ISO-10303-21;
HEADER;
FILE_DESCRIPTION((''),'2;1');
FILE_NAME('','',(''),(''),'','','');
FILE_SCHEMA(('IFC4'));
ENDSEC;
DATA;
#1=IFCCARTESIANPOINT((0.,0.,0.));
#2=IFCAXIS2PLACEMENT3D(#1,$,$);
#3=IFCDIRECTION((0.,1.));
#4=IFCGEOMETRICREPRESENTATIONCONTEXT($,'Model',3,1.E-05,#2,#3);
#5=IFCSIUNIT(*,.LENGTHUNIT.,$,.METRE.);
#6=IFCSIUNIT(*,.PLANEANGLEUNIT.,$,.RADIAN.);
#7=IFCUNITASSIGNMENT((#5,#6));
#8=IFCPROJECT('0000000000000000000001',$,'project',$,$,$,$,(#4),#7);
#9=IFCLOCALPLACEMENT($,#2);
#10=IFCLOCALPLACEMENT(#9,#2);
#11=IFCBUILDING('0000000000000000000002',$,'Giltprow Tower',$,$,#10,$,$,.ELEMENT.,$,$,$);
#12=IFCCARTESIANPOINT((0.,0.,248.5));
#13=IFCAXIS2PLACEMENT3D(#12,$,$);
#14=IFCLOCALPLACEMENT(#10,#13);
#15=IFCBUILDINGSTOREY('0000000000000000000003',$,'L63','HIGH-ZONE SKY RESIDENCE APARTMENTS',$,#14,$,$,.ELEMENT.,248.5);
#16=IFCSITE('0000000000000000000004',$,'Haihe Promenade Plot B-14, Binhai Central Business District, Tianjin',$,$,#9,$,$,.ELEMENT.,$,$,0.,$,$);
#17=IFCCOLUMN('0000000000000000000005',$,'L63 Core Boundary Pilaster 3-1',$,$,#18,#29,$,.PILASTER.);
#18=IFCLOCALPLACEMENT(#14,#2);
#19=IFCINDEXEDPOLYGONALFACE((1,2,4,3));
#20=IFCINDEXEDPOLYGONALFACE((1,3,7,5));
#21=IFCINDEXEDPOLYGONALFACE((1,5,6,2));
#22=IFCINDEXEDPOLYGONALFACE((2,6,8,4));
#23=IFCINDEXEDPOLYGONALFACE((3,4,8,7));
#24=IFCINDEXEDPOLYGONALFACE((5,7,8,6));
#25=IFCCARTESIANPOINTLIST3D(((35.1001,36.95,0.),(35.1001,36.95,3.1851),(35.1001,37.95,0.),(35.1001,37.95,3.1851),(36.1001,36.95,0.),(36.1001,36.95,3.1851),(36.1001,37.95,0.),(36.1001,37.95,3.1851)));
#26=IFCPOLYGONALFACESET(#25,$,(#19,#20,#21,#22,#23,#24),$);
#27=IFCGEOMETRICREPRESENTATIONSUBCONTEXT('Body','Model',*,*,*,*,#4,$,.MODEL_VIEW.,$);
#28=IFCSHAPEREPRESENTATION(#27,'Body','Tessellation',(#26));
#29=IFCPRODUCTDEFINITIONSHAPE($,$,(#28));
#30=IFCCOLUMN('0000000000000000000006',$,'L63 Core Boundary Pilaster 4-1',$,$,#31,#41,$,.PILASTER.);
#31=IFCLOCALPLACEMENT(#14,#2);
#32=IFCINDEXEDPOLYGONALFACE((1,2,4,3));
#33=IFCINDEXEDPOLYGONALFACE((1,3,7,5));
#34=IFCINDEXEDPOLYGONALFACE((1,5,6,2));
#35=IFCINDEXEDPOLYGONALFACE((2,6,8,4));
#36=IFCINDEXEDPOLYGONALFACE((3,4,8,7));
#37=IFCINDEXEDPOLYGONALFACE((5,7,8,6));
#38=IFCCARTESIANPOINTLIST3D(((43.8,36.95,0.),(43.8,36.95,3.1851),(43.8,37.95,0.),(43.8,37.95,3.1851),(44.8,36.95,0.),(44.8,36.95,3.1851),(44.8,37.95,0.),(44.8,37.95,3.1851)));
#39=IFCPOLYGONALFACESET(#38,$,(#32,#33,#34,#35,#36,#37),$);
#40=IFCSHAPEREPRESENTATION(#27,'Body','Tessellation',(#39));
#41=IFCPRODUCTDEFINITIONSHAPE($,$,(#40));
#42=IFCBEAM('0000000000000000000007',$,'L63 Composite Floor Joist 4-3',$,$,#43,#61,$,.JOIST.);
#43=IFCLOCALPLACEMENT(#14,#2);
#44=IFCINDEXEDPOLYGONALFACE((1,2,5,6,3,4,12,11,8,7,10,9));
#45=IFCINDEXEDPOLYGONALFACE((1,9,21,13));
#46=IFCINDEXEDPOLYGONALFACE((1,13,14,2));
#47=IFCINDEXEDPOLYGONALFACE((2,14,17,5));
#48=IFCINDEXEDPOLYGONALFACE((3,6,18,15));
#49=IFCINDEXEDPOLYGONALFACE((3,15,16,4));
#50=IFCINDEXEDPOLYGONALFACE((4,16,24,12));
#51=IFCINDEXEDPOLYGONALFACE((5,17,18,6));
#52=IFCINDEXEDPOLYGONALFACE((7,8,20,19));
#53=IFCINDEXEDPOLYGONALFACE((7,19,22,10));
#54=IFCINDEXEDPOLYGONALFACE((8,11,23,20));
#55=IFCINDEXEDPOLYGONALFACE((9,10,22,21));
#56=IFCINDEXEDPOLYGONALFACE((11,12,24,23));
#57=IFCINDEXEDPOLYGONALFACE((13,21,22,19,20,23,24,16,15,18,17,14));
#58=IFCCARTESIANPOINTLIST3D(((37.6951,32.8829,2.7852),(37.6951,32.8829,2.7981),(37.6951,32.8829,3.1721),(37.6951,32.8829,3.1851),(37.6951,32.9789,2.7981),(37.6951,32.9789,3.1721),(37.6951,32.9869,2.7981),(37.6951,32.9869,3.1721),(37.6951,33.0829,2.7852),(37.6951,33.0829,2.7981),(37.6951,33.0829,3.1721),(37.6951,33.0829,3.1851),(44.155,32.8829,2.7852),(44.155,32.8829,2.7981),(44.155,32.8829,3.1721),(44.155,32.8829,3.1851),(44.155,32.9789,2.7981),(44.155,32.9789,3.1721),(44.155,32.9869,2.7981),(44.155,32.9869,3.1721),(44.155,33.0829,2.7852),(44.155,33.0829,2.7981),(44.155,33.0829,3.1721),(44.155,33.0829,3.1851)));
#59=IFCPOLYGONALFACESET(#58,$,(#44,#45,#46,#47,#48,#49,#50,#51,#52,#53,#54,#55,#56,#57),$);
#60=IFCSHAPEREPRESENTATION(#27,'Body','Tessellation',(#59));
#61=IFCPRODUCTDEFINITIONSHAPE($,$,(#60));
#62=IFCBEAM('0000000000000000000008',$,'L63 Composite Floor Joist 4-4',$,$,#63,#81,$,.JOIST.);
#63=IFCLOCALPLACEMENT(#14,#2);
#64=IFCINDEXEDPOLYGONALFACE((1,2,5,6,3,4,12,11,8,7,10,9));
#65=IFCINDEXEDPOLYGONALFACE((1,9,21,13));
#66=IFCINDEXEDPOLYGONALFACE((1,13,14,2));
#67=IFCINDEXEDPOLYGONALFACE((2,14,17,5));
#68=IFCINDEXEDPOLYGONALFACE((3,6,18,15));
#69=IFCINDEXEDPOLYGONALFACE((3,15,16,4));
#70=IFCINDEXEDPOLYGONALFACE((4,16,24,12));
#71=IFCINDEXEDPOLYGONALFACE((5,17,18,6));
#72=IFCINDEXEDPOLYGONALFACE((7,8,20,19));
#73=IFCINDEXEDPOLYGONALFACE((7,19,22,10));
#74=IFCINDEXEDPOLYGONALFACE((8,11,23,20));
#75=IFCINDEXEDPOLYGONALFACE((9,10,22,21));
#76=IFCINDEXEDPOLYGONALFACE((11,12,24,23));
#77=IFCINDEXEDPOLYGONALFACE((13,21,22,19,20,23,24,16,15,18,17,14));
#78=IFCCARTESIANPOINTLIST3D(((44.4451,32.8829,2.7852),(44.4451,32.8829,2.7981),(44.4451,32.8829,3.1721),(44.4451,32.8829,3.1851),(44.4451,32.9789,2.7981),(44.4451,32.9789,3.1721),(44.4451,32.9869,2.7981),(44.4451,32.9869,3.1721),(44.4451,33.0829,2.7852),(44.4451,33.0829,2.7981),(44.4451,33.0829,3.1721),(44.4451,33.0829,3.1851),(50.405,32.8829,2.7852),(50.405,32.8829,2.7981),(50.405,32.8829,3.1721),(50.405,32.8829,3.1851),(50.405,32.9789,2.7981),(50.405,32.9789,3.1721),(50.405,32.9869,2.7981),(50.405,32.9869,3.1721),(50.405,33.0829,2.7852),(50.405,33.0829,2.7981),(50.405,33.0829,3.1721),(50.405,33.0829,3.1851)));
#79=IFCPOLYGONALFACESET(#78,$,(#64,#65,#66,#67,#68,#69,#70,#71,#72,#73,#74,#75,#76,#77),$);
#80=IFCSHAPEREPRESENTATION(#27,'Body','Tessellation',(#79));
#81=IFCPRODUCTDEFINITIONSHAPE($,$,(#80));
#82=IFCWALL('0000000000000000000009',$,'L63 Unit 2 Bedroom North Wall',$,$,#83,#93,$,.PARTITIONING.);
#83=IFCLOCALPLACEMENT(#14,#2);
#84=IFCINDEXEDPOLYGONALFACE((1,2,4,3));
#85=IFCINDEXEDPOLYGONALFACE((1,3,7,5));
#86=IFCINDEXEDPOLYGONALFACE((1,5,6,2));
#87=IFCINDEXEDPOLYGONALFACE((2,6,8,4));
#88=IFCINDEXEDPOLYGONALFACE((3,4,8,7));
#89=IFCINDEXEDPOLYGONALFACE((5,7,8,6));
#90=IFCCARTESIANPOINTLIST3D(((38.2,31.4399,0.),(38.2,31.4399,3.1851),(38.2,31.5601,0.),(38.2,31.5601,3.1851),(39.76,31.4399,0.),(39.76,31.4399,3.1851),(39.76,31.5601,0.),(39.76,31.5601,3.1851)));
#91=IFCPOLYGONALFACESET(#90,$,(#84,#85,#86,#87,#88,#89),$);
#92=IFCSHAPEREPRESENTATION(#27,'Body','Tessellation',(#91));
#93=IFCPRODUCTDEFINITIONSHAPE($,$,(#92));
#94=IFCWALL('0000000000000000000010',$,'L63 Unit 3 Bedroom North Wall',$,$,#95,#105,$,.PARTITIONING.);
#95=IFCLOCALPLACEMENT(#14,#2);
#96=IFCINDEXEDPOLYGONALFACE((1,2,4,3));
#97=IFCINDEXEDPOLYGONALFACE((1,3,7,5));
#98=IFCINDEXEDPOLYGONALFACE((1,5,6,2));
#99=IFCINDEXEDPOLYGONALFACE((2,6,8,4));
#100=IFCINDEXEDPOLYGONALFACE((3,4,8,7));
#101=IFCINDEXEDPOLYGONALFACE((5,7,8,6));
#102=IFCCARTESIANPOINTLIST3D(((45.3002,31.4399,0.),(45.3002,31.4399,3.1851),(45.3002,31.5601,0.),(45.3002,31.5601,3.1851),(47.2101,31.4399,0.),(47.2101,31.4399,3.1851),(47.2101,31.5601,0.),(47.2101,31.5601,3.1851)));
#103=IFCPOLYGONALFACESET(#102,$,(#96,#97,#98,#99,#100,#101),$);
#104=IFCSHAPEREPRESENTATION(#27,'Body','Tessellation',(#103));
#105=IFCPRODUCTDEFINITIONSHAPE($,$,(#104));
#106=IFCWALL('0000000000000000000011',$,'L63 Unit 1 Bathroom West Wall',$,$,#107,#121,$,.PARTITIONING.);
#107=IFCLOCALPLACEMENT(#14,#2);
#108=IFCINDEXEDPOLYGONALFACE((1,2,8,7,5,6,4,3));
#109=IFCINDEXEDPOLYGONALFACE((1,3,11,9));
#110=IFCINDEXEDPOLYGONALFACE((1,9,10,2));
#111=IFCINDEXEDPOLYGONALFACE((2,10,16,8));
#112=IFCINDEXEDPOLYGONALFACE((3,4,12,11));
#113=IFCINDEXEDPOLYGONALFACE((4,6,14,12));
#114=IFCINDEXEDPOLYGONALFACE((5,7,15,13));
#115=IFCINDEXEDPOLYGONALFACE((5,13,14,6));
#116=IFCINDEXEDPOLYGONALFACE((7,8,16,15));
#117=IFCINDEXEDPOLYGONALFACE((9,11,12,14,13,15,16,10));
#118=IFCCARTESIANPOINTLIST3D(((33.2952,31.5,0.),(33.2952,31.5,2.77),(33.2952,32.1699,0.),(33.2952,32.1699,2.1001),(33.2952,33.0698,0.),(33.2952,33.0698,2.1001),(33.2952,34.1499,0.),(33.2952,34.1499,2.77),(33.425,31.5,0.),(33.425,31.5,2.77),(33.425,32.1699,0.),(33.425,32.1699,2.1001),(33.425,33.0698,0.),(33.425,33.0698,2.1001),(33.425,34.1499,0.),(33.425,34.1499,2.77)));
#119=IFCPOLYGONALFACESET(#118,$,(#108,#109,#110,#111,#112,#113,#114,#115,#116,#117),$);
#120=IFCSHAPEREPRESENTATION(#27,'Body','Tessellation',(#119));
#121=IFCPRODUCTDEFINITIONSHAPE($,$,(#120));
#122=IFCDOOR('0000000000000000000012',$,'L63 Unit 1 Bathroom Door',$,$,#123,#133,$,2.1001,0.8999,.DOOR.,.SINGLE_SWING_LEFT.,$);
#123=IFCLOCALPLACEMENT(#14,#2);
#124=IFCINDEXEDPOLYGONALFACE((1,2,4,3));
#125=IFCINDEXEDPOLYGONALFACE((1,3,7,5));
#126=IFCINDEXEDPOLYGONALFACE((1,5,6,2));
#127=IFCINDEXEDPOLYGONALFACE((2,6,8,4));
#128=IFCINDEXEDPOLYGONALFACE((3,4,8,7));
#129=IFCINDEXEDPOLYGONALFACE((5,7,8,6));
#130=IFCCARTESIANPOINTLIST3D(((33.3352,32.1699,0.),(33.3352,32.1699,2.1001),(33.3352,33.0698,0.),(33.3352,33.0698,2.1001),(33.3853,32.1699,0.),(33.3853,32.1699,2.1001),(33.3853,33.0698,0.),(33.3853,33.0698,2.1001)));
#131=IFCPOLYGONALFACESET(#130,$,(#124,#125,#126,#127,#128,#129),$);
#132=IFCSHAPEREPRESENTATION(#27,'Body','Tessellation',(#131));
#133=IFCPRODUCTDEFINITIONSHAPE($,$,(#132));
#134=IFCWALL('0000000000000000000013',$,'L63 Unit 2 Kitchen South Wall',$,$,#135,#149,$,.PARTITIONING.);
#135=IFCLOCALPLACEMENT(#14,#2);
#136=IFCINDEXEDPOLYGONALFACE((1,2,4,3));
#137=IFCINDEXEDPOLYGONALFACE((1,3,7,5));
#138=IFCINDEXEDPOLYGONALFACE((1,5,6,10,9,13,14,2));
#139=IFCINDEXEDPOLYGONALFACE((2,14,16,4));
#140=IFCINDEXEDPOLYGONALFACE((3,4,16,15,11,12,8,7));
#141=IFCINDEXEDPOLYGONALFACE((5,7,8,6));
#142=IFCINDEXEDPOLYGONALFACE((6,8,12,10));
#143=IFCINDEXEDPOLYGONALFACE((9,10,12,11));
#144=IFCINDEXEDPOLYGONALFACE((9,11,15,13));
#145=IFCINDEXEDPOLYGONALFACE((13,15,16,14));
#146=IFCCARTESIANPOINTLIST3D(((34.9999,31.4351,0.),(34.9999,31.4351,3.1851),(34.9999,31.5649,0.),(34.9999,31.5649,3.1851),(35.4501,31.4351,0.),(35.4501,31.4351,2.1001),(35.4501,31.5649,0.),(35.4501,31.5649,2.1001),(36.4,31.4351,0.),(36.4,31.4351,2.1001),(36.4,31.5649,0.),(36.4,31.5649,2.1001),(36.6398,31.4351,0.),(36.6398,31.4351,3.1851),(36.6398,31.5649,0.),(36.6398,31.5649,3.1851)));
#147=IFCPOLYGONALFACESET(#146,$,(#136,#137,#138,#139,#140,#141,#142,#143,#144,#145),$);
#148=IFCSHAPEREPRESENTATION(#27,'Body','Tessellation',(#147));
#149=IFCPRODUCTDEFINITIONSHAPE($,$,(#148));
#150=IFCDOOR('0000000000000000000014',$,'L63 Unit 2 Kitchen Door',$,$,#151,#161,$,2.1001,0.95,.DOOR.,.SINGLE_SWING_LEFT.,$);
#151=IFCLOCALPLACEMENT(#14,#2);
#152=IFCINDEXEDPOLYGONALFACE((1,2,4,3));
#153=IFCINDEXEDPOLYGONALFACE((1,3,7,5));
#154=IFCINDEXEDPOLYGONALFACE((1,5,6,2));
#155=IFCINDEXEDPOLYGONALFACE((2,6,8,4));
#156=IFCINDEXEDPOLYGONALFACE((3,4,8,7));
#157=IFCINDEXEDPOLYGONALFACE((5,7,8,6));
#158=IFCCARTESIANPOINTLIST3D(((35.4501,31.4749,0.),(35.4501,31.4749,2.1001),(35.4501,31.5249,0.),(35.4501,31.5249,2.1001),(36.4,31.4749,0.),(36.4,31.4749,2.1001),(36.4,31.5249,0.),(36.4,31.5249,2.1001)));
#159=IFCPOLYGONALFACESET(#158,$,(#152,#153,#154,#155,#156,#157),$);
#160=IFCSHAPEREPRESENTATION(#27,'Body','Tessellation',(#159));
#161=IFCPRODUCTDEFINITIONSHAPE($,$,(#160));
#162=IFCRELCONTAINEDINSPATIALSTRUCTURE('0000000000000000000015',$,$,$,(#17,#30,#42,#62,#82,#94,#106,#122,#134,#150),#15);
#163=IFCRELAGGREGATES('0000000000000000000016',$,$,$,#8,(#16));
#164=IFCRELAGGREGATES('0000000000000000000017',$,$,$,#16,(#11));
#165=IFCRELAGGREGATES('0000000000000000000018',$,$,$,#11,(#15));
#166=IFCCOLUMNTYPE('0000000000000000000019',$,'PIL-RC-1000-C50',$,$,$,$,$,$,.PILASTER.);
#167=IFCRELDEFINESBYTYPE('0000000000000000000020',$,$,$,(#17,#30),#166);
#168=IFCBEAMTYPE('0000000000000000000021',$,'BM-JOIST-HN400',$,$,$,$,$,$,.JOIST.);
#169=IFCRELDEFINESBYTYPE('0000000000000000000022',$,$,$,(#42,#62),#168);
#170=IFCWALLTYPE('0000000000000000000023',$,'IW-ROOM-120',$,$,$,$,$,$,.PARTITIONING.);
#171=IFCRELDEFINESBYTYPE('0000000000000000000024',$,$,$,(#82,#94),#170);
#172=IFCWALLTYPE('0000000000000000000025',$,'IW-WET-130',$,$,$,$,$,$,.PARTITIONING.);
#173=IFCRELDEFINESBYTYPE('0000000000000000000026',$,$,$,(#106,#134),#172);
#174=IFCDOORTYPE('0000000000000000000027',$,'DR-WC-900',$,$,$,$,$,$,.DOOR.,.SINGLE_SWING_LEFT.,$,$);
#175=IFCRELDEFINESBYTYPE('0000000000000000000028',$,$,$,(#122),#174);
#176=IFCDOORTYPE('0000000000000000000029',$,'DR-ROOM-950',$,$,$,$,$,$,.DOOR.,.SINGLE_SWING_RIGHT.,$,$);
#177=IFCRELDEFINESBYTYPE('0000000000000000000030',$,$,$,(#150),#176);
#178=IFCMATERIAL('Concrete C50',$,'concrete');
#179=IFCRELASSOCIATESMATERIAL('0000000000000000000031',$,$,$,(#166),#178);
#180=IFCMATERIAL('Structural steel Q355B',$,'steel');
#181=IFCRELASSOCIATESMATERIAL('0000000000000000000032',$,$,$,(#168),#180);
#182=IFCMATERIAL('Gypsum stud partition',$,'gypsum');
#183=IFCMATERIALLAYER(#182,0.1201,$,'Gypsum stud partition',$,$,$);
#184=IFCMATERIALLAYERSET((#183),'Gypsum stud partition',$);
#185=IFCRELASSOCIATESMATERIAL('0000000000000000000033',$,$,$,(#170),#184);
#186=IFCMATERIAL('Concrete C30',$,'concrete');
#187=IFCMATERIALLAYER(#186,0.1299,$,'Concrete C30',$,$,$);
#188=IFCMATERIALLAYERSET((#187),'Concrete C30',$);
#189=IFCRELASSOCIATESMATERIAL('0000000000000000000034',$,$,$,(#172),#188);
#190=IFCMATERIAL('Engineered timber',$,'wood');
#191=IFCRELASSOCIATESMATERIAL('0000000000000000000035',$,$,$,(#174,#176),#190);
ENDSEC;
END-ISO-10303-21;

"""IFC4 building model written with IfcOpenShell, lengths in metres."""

from ifc_helpers import new_model, si_unit, direction, frame, frame_2d, origin, origin_2d, place, context, subcontext, project, spatial, rectangle, i_section, extrude, source, transform, mapped, material, layer, layer_set, material_profile, profile_set, type_object, element, fill, save


model = new_model("IFC4")

# Units and contexts
model_context = context("Model", 3, precision=1e-05, world=origin(), true_north=direction((0.0, 1.0)))
body_context = subcontext(model_context, "Body", "Model", "MODEL_VIEW")
ifc_project = project(units=[si_unit("LENGTHUNIT", "METRE"), si_unit("PLANEANGLEUNIT", "RADIAN")], contexts=[model_context])

# Site, building, storey
site_placement = place(None, origin())
site = spatial("IfcSite", under=ifc_project, at=site_placement, Name="Haihe Promenade Plot B-14, Binhai Central Business District, Tianjin", CompositionType="ELEMENT", RefElevation=0.0)
building_placement = place(site_placement, origin())
building = spatial("IfcBuilding", under=site, at=building_placement, Name="Giltprow Tower", CompositionType="ELEMENT")
storey_placement = place(building_placement, frame((0.0, 0.0, 248.5)))
storey = spatial("IfcBuildingStorey", under=building, at=storey_placement, Name="L63", Description="HIGH-ZONE SKY RESIDENCE APARTMENTS", CompositionType="ELEMENT", Elevation=248.5)

# Columns
ifc_material_1 = material(Name="Concrete C50", Category="concrete")
ifc_material_profile_1 = material_profile(ifc_material_1, rectangle(XDim=1.0, YDim=1.0, at=origin_2d()), Name="RC 1000x1000")
ifc_profile_set_1 = profile_set([ifc_material_profile_1], Name="Concrete C50")
column_type = type_object("IfcColumnType", Name="PIL-RC-1000-C50", PredefinedType="PILASTER", material=ifc_profile_set_1)
shared_shape_1 = source(origin(), body_context, "Body", "SweptSolid", [
    extrude(rectangle(XDim=1.0, YDim=1.0, at=origin_2d()), origin(), (0.0, 0.0, 1.0), 3.1851),
])
for number, where, z_axis, x_axis, name in (
    (1, (35.6001, 37.45, 0.0), (0.0, 0.0, 1.0), (1.0, 0.0, 0.0), "L63 Core Boundary Pilaster 3-1"),
    (2, (44.3, 37.45, 0.0), (0.0, 0.0, 1.0), (1.0, 0.0, 0.0), "L63 Core Boundary Pilaster 4-1"),
):
    element("IfcColumn", number, at=place(storey_placement, frame(where, z_axis=z_axis, x_axis=x_axis)), inside=storey, type_object=column_type, Name=name, PredefinedType="PILASTER", context=body_context, shape_type="MappedRepresentation", body=[
        mapped(shared_shape_1, transform((0.0, 0.0, 0.0), x_axis=(1.0, 0.0, 0.0), y_axis=(0.0, 1.0, 0.0), z_axis=(0.0, 0.0, 1.0), scale=1.0)),
    ])

# Beams
ifc_material_2 = material(Name="Structural steel Q355B", Category="steel")
ifc_material_profile_2 = material_profile(ifc_material_2, i_section(OverallWidth=0.2, OverallDepth=0.3999, WebThickness=0.0081, FlangeThickness=0.0129, at=origin_2d()), Name="HN 400x200x8x13")
ifc_profile_set_2 = profile_set([ifc_material_profile_2], Name="Structural steel Q355B")
beam_type = type_object("IfcBeamType", Name="BM-JOIST-HN400", PredefinedType="JOIST", material=ifc_profile_set_2)
shared_shape_2 = source(origin(), body_context, "Body", "SweptSolid", [
    extrude(i_section(OverallWidth=0.2, OverallDepth=0.3999, WebThickness=0.0081, FlangeThickness=0.0129, at=origin_2d()), origin(), (0.0, 0.0, 1.0), 6.46),
])
beam_1_placement = place(storey_placement, frame((37.6951, 32.9829, 2.9851), z_axis=(1.0, 0.0, 0.0), x_axis=(0.0, 1.0, 0.0)))
element("IfcBeam", 3, at=beam_1_placement, inside=storey, type_object=beam_type, Name="L63 Composite Floor Joist 4-3", PredefinedType="JOIST", context=body_context, shape_type="MappedRepresentation", body=[
    mapped(shared_shape_2, transform((0.0, 0.0, 0.0), x_axis=(1.0, 0.0, 0.0), y_axis=(0.0, 1.0, 0.0), z_axis=(0.0, 0.0, 1.0), scale=1.0)),
])
shared_shape_3 = source(origin(), body_context, "Body", "SweptSolid", [
    extrude(i_section(OverallWidth=0.2, OverallDepth=0.3999, WebThickness=0.0081, FlangeThickness=0.0129, at=origin_2d()), origin(), (0.0, 0.0, 1.0), 5.96),
])
beam_2_placement = place(storey_placement, frame((44.4451, 32.9829, 2.9851), z_axis=(1.0, 0.0, 0.0), x_axis=(0.0, 1.0, 0.0)))
element("IfcBeam", 4, at=beam_2_placement, inside=storey, type_object=beam_type, Name="L63 Composite Floor Joist 4-4", PredefinedType="JOIST", context=body_context, shape_type="MappedRepresentation", body=[
    mapped(shared_shape_3, transform((0.0, 0.0, 0.0), x_axis=(1.0, 0.0, 0.0), y_axis=(0.0, 1.0, 0.0), z_axis=(0.0, 0.0, 1.0), scale=1.0)),
])

# Walls
ifc_material_3 = material(Name="Gypsum stud partition", Category="gypsum")
ifc_layer_1 = layer(ifc_material_3, 0.1201, Name="Gypsum stud partition")
ifc_layer_set_1 = layer_set([ifc_layer_1], Name="Gypsum stud partition")
wall_type_1 = type_object("IfcWallType", Name="IW-ROOM-120", PredefinedType="PARTITIONING", material=ifc_layer_set_1)
wall_1_placement = place(storey_placement, frame((38.2, 31.5, 0.0), z_axis=(0.0, 0.0, 1.0), x_axis=(1.0, 0.0, 0.0)))
element("IfcWall", 5, at=wall_1_placement, inside=storey, type_object=wall_type_1, Name="L63 Unit 2 Bedroom North Wall", PredefinedType="PARTITIONING", context=body_context, shape_type="SweptSolid", body=[
    extrude(rectangle(XDim=1.5601, YDim=0.1201, at=frame_2d((0.78, 0.0))), origin(), (0.0, 0.0, 1.0), 3.1851),
])
wall_2_placement = place(storey_placement, frame((45.3, 31.5, 0.0), z_axis=(0.0, 0.0, 1.0), x_axis=(1.0, 0.0, 0.0)))
element("IfcWall", 6, at=wall_2_placement, inside=storey, type_object=wall_type_1, Name="L63 Unit 3 Bedroom North Wall", PredefinedType="PARTITIONING", context=body_context, shape_type="SweptSolid", body=[
    extrude(rectangle(XDim=1.9099, YDim=0.1201, at=frame_2d((0.9551, 0.0))), origin(), (0.0, 0.0, 1.0), 3.1851),
])

# Walls, openings, doors
ifc_material_4 = material(Name="Concrete C30", Category="concrete")
ifc_layer_2 = layer(ifc_material_4, 0.1299, Name="Concrete C30")
ifc_layer_set_2 = layer_set([ifc_layer_2], Name="Concrete C30")
wall_type_2 = type_object("IfcWallType", Name="IW-WET-130", PredefinedType="PARTITIONING", material=ifc_layer_set_2)
wall_3_placement = place(storey_placement, frame((33.3601, 31.5, 0.0), z_axis=(0.0, 0.0, 1.0), x_axis=(0.0, 1.0, 0.0)))
wall_3 = element("IfcWall", 7, at=wall_3_placement, inside=storey, type_object=wall_type_2, Name="L63 Unit 1 Bathroom West Wall", PredefinedType="PARTITIONING", context=body_context, shape_type="SweptSolid", body=[
    extrude(rectangle(XDim=2.6499, YDim=0.1299, at=frame_2d((1.325, 0.0))), origin(), (0.0, 0.0, 1.0), 2.77),
])
opening_1_placement = place(wall_3_placement, frame((0.6699, 0.0, 0.0)))
opening_1 = element("IfcOpeningElement", 8, at=opening_1_placement, cuts=wall_3, PredefinedType="OPENING", context=body_context, shape_type="SweptSolid", body=[
    extrude(rectangle(XDim=0.8999, YDim=2.1001, at=frame_2d((0.45, 1.05))), frame((0.0, 0.075, 0.0), z_axis=(0.0, -1.0, 0.0), x_axis=(1.0, 0.0, 0.0)), (0.0, 0.0, 1.0), 0.1499),
])
ifc_material_5 = material(Name="Engineered timber", Category="wood")
door_type_1 = type_object("IfcDoorType", Name="DR-WC-900", OperationType="SINGLE_SWING_LEFT", PredefinedType="DOOR", material=ifc_material_5)
shared_shape_4 = source(origin(), body_context, "Body", "SweptSolid", [
    extrude(rectangle(XDim=0.8999, YDim=2.1001, at=frame_2d((0.45, 1.05))), frame((0.0, 0.0249, 0.0), z_axis=(0.0, -1.0, 0.0), x_axis=(1.0, 0.0, 0.0)), (0.0, 0.0, 1.0), 0.05),
])
door_1_placement = place(opening_1_placement, origin())
door_1 = element("IfcDoor", 9, at=door_1_placement, inside=storey, type_object=door_type_1, Name="L63 Unit 1 Bathroom Door", OperationType="SINGLE_SWING_LEFT", OverallHeight=2.1001, OverallWidth=0.8999, PredefinedType="DOOR", context=body_context, shape_type="MappedRepresentation", body=[
    mapped(shared_shape_4, transform((0.0, 0.0, 0.0), x_axis=(1.0, 0.0, 0.0), y_axis=(0.0, 1.0, 0.0), z_axis=(0.0, 0.0, 1.0), scale=1.0)),
])
fill(opening_1, door_1)
wall_4_placement = place(storey_placement, frame((35.0, 31.5, 0.0), z_axis=(0.0, 0.0, 1.0), x_axis=(1.0, 0.0, 0.0)))
wall_4 = element("IfcWall", 10, at=wall_4_placement, inside=storey, type_object=wall_type_2, Name="L63 Unit 2 Kitchen South Wall", PredefinedType="PARTITIONING", context=body_context, shape_type="SweptSolid", body=[
    extrude(rectangle(XDim=1.6399, YDim=0.1299, at=frame_2d((0.8198, 0.0))), origin(), (0.0, 0.0, 1.0), 3.1851),
])
opening_2_placement = place(wall_4_placement, frame((0.45, 0.0, 0.0)))
opening_2 = element("IfcOpeningElement", 11, at=opening_2_placement, cuts=wall_4, PredefinedType="OPENING", context=body_context, shape_type="SweptSolid", body=[
    extrude(rectangle(XDim=0.95, YDim=2.1001, at=frame_2d((0.4751, 1.05))), frame((0.0, 0.075, 0.0), z_axis=(0.0, -1.0, 0.0), x_axis=(1.0, 0.0, 0.0)), (0.0, 0.0, 1.0), 0.1499),
])
door_type_2 = type_object("IfcDoorType", Name="DR-ROOM-950", OperationType="SINGLE_SWING_RIGHT", PredefinedType="DOOR", material=ifc_material_5)
shared_shape_5 = source(origin(), body_context, "Body", "SweptSolid", [
    extrude(rectangle(XDim=0.95, YDim=2.1001, at=frame_2d((0.4751, 1.05))), frame((0.0, 0.0249, 0.0), z_axis=(0.0, -1.0, 0.0), x_axis=(1.0, 0.0, 0.0)), (0.0, 0.0, 1.0), 0.05),
])
door_2_placement = place(opening_2_placement, origin())
door_2 = element("IfcDoor", 12, at=door_2_placement, inside=storey, type_object=door_type_2, Name="L63 Unit 2 Kitchen Door", OperationType="SINGLE_SWING_LEFT", OverallHeight=2.1001, OverallWidth=0.95, PredefinedType="DOOR", context=body_context, shape_type="MappedRepresentation", body=[
    mapped(shared_shape_5, transform((0.0, 0.0, 0.0), x_axis=(1.0, 0.0, 0.0), y_axis=(0.0, 1.0, 0.0), z_axis=(0.0, 0.0, 1.0), scale=1.0)),
])
fill(opening_2, door_2)

save(model, "model.ifc")
